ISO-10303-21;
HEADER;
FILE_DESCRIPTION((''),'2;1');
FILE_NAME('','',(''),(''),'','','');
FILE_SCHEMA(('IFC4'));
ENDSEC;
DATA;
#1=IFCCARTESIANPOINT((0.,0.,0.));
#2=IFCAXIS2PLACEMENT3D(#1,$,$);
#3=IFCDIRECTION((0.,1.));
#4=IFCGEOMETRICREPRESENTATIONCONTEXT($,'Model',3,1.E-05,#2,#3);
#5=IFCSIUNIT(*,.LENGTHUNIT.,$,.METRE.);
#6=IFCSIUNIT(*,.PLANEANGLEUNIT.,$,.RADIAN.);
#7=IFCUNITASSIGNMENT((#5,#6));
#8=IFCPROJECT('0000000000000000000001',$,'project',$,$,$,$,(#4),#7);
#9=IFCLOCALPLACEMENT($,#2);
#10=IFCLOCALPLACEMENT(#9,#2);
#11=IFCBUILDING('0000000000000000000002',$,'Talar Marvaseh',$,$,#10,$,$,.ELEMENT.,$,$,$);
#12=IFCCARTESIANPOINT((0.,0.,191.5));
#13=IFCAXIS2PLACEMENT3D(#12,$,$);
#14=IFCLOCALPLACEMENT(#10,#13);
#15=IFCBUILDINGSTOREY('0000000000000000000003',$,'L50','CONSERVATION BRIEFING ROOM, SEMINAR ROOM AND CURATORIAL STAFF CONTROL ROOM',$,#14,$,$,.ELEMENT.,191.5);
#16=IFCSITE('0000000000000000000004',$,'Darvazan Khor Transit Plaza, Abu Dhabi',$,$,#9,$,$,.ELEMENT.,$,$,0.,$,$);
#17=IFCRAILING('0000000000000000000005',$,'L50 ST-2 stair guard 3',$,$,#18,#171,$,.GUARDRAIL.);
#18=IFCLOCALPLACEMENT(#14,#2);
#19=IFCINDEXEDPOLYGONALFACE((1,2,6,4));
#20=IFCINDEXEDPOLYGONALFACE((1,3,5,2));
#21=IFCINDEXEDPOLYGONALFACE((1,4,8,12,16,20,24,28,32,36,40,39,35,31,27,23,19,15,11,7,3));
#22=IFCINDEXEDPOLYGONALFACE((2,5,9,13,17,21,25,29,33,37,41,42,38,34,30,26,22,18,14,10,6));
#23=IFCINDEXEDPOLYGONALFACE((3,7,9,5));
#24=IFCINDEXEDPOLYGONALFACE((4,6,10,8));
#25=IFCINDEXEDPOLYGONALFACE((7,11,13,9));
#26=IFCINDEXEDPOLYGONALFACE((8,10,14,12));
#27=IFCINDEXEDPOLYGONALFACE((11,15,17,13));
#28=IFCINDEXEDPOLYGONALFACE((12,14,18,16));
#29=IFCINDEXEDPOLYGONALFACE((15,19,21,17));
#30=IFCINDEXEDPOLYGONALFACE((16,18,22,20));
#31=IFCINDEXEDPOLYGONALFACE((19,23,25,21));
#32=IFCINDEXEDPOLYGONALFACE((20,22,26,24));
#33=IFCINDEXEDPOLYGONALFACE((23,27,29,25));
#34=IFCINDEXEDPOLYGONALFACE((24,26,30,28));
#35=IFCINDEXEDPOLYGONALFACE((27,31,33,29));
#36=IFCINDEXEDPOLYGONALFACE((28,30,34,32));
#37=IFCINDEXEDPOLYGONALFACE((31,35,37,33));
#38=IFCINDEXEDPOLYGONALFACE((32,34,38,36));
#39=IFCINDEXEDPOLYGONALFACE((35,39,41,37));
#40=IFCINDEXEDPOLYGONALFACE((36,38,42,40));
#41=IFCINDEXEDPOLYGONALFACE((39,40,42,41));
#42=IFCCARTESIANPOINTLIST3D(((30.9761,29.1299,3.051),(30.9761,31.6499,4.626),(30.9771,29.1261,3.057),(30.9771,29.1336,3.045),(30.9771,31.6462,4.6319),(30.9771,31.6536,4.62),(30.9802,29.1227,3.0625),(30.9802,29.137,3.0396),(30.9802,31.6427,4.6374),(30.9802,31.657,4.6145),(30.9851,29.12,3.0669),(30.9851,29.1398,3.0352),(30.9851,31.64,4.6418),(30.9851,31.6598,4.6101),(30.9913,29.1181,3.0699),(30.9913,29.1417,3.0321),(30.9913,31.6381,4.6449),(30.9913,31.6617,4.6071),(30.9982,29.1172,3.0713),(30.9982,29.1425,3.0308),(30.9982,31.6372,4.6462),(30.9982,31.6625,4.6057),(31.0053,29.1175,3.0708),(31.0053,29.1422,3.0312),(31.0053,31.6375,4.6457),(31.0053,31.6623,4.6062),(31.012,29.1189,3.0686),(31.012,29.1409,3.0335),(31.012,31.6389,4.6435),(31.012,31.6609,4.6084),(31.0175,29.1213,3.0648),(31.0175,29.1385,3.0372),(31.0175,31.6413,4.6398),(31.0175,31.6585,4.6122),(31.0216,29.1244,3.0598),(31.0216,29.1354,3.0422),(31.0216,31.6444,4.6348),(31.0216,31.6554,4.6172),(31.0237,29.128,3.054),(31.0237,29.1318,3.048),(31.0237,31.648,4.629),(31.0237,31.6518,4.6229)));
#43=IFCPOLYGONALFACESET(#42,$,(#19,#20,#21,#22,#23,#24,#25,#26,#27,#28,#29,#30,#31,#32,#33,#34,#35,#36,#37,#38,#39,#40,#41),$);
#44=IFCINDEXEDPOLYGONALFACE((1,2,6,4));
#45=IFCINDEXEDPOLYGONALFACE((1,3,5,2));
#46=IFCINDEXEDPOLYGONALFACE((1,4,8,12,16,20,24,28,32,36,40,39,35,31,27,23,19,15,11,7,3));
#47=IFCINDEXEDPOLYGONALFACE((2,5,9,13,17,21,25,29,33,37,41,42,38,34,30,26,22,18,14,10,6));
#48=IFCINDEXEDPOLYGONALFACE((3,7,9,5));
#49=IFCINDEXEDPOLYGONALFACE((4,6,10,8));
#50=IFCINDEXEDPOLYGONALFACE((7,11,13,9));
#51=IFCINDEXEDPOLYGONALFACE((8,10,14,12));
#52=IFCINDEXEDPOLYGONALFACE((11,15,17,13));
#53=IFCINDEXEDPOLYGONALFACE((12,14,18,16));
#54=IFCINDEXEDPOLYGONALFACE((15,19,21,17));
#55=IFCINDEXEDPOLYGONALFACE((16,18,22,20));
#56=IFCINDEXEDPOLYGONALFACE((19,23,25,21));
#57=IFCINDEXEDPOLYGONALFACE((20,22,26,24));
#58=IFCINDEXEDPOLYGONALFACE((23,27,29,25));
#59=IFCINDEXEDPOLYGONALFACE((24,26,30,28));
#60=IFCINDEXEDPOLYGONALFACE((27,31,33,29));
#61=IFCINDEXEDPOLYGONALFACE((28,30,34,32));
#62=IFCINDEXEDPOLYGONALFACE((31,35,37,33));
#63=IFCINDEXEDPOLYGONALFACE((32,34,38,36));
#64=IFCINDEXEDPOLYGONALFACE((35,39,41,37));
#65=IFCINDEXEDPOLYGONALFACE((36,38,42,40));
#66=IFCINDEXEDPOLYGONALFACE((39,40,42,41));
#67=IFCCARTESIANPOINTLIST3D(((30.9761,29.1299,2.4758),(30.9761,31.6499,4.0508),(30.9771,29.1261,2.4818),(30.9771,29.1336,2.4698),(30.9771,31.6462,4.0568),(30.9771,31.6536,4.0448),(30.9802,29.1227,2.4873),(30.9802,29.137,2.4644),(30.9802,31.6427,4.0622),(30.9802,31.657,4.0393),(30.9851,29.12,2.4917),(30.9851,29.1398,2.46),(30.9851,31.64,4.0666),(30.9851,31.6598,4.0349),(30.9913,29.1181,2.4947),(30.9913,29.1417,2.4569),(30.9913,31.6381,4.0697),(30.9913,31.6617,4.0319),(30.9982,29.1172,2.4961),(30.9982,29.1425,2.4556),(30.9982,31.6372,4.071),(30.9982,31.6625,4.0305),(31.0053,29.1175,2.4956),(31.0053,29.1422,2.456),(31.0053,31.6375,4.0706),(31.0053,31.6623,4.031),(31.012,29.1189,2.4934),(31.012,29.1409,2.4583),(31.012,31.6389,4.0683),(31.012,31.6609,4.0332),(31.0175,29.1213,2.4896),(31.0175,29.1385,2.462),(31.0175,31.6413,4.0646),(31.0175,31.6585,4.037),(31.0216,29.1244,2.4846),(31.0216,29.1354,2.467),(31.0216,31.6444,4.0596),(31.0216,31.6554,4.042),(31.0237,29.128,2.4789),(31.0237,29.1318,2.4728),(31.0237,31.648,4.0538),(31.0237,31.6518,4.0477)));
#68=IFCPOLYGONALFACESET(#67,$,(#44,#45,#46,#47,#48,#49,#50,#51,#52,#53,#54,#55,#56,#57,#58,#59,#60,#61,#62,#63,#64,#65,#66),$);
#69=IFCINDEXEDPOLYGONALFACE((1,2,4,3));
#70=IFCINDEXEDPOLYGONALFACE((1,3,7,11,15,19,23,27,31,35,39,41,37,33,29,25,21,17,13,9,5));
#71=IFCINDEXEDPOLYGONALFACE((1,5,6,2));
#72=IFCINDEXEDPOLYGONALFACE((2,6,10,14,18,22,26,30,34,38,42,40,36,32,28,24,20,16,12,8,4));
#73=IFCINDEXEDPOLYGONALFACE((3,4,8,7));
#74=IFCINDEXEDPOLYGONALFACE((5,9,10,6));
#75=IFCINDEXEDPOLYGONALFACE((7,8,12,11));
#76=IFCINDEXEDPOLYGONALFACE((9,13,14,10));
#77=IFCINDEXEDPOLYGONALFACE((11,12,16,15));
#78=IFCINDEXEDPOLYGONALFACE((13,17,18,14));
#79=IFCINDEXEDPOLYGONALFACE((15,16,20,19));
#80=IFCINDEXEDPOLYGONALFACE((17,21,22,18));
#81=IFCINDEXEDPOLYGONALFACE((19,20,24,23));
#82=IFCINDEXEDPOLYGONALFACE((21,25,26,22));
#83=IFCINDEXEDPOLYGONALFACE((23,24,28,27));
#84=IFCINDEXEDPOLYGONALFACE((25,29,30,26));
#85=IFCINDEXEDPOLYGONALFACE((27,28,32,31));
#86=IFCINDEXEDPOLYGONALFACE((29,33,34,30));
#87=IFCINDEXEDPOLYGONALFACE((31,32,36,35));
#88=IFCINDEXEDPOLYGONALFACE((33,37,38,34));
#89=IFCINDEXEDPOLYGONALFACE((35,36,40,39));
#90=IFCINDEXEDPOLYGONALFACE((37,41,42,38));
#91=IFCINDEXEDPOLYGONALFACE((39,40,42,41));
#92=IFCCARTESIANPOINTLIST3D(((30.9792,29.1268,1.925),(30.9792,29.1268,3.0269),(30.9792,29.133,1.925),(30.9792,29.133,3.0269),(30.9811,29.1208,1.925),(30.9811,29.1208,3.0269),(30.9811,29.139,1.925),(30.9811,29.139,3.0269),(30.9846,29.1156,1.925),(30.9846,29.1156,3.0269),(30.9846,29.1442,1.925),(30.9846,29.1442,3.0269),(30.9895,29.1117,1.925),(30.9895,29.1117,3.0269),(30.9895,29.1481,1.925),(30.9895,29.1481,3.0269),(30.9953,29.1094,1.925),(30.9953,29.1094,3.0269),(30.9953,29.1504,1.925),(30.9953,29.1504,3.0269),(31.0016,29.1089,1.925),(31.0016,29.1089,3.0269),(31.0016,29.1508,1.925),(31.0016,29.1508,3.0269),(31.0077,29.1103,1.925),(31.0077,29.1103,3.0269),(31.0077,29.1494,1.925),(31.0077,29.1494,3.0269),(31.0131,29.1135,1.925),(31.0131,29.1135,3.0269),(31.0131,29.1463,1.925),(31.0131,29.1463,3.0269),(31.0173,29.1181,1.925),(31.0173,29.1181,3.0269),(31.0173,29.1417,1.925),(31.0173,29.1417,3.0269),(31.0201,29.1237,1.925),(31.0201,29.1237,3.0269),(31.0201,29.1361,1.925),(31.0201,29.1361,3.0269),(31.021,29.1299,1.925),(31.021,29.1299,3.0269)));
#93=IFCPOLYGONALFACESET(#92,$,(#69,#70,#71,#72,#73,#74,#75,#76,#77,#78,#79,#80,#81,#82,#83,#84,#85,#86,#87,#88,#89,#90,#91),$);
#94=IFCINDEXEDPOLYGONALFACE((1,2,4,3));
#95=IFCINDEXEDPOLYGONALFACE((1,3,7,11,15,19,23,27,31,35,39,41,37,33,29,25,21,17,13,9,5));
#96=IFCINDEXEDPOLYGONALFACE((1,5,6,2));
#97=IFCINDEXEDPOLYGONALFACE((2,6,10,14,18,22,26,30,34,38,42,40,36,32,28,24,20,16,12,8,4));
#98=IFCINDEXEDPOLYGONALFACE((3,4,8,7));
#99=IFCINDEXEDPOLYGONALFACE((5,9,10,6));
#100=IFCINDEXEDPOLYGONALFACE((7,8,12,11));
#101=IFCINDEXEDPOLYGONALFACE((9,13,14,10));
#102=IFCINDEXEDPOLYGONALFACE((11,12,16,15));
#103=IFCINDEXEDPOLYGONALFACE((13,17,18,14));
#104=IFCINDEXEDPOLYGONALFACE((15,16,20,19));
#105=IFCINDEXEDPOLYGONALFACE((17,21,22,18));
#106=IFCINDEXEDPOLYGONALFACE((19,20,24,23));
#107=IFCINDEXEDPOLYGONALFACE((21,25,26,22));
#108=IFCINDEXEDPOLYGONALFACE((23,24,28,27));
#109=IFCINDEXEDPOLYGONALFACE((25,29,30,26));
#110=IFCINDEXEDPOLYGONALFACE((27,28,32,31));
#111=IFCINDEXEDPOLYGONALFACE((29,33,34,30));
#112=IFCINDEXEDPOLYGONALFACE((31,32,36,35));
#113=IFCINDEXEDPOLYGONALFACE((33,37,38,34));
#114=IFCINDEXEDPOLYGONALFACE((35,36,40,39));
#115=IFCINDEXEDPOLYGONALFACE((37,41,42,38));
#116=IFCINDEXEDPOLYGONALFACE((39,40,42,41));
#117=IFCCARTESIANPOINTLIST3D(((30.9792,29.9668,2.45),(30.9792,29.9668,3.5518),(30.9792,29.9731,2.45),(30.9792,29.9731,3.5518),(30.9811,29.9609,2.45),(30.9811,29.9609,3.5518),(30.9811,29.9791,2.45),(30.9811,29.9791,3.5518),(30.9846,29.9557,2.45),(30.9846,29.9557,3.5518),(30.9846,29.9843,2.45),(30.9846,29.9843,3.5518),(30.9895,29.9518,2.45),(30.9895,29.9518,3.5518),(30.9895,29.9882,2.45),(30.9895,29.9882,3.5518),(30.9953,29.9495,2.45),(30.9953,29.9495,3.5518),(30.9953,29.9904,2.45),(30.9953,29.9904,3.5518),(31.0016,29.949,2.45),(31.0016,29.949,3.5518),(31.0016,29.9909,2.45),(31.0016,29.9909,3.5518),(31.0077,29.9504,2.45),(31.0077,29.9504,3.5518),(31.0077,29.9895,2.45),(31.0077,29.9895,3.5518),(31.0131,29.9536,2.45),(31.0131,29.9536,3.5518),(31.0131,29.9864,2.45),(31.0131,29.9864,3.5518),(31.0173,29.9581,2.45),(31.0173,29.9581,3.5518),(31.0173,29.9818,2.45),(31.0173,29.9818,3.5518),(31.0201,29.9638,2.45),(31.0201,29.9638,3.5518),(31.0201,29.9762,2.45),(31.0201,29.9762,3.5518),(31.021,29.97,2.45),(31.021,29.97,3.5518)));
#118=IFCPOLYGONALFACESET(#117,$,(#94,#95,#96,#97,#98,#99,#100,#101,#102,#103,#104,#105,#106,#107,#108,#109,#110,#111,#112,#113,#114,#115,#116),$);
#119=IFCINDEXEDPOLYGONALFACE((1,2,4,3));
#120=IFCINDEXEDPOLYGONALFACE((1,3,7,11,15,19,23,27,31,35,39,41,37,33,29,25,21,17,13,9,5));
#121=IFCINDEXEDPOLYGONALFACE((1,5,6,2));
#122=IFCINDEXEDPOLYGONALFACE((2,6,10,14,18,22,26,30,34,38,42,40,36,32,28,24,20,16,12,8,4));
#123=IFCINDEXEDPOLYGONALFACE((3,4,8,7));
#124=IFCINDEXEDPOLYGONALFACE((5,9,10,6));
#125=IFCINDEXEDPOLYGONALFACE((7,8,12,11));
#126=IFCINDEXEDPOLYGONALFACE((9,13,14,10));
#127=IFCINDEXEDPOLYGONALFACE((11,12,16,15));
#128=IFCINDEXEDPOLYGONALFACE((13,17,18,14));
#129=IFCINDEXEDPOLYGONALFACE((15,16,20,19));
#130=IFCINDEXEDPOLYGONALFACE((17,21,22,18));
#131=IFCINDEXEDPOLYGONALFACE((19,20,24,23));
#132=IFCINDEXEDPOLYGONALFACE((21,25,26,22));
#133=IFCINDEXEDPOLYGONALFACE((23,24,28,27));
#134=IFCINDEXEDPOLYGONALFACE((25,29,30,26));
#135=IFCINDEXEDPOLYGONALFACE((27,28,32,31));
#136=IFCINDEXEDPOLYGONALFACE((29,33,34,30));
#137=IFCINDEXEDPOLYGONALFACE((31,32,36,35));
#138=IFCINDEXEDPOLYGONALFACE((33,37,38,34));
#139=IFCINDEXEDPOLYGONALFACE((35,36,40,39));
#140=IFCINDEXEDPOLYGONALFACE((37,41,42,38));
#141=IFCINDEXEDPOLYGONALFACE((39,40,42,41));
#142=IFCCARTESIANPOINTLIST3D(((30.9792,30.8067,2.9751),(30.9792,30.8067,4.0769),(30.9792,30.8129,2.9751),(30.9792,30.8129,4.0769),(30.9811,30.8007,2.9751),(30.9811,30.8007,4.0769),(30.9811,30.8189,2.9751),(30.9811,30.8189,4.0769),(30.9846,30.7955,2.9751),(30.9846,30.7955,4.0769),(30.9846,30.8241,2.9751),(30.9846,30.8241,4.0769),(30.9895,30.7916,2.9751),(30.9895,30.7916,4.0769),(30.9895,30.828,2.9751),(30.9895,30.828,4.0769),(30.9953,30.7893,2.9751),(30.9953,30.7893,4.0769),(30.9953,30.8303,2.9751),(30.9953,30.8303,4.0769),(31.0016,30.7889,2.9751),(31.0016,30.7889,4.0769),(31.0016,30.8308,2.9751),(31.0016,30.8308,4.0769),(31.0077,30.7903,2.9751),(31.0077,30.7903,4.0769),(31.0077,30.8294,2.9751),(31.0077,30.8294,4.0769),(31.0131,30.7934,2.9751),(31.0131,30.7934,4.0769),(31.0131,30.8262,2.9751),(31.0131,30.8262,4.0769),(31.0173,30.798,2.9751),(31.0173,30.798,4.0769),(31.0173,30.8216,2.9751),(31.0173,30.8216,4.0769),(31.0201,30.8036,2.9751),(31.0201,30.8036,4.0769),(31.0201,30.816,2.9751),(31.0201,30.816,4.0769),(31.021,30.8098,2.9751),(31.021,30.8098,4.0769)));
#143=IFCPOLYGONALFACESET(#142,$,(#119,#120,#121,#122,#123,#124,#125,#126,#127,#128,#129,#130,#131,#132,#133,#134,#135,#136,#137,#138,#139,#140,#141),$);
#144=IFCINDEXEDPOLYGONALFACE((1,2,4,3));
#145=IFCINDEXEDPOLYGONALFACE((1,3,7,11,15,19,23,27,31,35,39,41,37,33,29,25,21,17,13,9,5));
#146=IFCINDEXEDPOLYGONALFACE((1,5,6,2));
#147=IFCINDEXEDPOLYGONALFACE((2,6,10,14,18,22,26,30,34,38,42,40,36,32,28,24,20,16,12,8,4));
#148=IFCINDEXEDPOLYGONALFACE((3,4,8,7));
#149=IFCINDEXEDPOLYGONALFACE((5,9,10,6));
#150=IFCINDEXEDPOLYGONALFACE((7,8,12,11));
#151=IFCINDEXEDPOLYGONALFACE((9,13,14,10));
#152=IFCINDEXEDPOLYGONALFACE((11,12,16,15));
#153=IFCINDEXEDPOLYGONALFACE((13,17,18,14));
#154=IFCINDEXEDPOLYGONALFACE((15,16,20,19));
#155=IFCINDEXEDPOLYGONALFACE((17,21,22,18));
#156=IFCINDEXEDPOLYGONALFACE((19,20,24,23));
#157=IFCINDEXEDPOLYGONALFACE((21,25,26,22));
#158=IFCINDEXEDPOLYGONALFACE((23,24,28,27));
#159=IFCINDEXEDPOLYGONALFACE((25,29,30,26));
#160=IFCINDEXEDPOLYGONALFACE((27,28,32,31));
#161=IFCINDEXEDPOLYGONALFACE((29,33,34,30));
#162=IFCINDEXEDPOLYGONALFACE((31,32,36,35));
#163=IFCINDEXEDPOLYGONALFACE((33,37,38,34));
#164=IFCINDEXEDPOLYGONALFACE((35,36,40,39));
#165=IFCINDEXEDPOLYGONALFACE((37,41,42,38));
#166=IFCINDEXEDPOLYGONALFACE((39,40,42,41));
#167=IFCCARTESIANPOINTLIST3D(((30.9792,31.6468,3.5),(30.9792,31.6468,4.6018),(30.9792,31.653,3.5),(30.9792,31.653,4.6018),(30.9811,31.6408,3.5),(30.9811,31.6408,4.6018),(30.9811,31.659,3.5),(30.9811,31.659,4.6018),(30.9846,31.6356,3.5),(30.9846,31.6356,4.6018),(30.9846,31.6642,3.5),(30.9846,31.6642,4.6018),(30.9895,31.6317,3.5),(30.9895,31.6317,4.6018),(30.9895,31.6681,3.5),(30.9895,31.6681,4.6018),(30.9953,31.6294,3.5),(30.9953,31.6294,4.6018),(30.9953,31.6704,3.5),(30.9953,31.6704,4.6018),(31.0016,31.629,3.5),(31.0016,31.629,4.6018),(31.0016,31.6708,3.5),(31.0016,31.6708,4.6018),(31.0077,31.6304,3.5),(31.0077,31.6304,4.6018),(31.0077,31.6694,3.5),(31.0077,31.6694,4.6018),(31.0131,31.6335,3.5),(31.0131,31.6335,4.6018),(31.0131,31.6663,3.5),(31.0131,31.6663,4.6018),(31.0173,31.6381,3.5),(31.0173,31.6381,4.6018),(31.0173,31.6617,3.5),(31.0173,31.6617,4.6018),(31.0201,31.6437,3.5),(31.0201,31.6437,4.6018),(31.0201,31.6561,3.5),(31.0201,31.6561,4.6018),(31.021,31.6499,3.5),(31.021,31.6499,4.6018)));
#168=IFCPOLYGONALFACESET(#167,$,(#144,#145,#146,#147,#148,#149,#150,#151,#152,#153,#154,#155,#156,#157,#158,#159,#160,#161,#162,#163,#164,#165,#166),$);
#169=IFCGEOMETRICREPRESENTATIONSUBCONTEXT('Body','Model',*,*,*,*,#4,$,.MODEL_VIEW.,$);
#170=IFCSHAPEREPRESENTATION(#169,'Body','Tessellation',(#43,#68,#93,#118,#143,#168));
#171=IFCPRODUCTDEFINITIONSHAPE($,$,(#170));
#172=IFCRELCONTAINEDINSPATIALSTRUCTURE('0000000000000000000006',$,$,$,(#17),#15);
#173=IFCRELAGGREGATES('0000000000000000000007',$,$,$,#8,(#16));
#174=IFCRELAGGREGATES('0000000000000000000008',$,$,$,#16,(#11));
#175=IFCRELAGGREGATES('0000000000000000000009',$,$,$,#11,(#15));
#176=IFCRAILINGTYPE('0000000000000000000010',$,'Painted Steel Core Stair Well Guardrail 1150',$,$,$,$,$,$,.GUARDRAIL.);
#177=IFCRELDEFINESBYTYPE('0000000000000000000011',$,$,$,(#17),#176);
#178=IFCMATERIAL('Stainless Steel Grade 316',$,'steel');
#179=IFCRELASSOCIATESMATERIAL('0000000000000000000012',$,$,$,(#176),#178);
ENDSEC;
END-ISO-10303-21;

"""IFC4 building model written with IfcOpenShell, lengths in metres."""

from ifc_helpers import new_model, si_unit, direction, frame, origin, origin_2d, place, context, subcontext, project, spatial, circle, extrude, material, type_object, element, save


model = new_model("IFC4")

# Units and contexts
model_context = context("Model", 3, precision=1e-05, world=origin(), true_north=direction((0.0, 1.0)))
body_context = subcontext(model_context, "Body", "Model", "MODEL_VIEW")
ifc_project = project(units=[si_unit("LENGTHUNIT", "METRE"), si_unit("PLANEANGLEUNIT", "RADIAN")], contexts=[model_context])

# Site, building, storey
site_placement = place(None, origin())
site = spatial("IfcSite", under=ifc_project, at=site_placement, Name="Darvazan Khor Transit Plaza, Abu Dhabi", CompositionType="ELEMENT", RefElevation=0.0)
building_placement = place(site_placement, origin())
building = spatial("IfcBuilding", under=site, at=building_placement, Name="Talar Marvaseh", CompositionType="ELEMENT")
storey_placement = place(building_placement, frame((0.0, 0.0, 191.5)))
storey = spatial("IfcBuildingStorey", under=building, at=storey_placement, Name="L50", Description="CONSERVATION BRIEFING ROOM, SEMINAR ROOM AND CURATORIAL STAFF CONTROL ROOM", CompositionType="ELEMENT", Elevation=191.5)

# Shared definitions
ifc_material_1 = material(Name="Stainless Steel Grade 316", Category="steel")

# Railing
railing_type_1 = type_object("IfcRailingType", Name="Painted Steel Core Stair Well Guardrail 1150", PredefinedType="GUARDRAIL", material=ifc_material_1)
railing_1_placement = place(storey_placement, frame((31.0, 29.1299, 1.925)))
element("IfcRailing", 1, at=railing_1_placement, inside=storey, type_object=railing_type_1, Name="L50 ST-2 stair guard 3", PredefinedType="GUARDRAIL", context=body_context, shape_type="SweptSolid", body=[
    extrude(circle(Radius=0.0239, at=origin_2d()), frame((0.0, 0.0, 1.126), z_axis=(0.0, 0.848008, 0.529984), x_axis=(-1.0, 0.0, 0.0)), (0.0, 0.0, 1.0), 2.9717),
    extrude(circle(Radius=0.0239, at=origin_2d()), frame((0.0, 0.0, 0.5508), z_axis=(0.0, 0.848008, 0.529984), x_axis=(-1.0, 0.0, 0.0)), (0.0, 0.0, 1.0), 2.9717),
    extrude(circle(Radius=0.021, at=origin_2d()), origin(), (0.0, 0.0, 1.0), 1.1018),
    extrude(circle(Radius=0.021, at=origin_2d()), frame((0.0, 0.8401, 0.5249)), (0.0, 0.0, 1.0), 1.1018),
    extrude(circle(Radius=0.021, at=origin_2d()), frame((0.0, 1.6799, 1.05)), (0.0, 0.0, 1.0), 1.1018),
    extrude(circle(Radius=0.021, at=origin_2d()), frame((0.0, 2.52, 1.575)), (0.0, 0.0, 1.0), 1.1018),
])

save(model, "model.ifc")
